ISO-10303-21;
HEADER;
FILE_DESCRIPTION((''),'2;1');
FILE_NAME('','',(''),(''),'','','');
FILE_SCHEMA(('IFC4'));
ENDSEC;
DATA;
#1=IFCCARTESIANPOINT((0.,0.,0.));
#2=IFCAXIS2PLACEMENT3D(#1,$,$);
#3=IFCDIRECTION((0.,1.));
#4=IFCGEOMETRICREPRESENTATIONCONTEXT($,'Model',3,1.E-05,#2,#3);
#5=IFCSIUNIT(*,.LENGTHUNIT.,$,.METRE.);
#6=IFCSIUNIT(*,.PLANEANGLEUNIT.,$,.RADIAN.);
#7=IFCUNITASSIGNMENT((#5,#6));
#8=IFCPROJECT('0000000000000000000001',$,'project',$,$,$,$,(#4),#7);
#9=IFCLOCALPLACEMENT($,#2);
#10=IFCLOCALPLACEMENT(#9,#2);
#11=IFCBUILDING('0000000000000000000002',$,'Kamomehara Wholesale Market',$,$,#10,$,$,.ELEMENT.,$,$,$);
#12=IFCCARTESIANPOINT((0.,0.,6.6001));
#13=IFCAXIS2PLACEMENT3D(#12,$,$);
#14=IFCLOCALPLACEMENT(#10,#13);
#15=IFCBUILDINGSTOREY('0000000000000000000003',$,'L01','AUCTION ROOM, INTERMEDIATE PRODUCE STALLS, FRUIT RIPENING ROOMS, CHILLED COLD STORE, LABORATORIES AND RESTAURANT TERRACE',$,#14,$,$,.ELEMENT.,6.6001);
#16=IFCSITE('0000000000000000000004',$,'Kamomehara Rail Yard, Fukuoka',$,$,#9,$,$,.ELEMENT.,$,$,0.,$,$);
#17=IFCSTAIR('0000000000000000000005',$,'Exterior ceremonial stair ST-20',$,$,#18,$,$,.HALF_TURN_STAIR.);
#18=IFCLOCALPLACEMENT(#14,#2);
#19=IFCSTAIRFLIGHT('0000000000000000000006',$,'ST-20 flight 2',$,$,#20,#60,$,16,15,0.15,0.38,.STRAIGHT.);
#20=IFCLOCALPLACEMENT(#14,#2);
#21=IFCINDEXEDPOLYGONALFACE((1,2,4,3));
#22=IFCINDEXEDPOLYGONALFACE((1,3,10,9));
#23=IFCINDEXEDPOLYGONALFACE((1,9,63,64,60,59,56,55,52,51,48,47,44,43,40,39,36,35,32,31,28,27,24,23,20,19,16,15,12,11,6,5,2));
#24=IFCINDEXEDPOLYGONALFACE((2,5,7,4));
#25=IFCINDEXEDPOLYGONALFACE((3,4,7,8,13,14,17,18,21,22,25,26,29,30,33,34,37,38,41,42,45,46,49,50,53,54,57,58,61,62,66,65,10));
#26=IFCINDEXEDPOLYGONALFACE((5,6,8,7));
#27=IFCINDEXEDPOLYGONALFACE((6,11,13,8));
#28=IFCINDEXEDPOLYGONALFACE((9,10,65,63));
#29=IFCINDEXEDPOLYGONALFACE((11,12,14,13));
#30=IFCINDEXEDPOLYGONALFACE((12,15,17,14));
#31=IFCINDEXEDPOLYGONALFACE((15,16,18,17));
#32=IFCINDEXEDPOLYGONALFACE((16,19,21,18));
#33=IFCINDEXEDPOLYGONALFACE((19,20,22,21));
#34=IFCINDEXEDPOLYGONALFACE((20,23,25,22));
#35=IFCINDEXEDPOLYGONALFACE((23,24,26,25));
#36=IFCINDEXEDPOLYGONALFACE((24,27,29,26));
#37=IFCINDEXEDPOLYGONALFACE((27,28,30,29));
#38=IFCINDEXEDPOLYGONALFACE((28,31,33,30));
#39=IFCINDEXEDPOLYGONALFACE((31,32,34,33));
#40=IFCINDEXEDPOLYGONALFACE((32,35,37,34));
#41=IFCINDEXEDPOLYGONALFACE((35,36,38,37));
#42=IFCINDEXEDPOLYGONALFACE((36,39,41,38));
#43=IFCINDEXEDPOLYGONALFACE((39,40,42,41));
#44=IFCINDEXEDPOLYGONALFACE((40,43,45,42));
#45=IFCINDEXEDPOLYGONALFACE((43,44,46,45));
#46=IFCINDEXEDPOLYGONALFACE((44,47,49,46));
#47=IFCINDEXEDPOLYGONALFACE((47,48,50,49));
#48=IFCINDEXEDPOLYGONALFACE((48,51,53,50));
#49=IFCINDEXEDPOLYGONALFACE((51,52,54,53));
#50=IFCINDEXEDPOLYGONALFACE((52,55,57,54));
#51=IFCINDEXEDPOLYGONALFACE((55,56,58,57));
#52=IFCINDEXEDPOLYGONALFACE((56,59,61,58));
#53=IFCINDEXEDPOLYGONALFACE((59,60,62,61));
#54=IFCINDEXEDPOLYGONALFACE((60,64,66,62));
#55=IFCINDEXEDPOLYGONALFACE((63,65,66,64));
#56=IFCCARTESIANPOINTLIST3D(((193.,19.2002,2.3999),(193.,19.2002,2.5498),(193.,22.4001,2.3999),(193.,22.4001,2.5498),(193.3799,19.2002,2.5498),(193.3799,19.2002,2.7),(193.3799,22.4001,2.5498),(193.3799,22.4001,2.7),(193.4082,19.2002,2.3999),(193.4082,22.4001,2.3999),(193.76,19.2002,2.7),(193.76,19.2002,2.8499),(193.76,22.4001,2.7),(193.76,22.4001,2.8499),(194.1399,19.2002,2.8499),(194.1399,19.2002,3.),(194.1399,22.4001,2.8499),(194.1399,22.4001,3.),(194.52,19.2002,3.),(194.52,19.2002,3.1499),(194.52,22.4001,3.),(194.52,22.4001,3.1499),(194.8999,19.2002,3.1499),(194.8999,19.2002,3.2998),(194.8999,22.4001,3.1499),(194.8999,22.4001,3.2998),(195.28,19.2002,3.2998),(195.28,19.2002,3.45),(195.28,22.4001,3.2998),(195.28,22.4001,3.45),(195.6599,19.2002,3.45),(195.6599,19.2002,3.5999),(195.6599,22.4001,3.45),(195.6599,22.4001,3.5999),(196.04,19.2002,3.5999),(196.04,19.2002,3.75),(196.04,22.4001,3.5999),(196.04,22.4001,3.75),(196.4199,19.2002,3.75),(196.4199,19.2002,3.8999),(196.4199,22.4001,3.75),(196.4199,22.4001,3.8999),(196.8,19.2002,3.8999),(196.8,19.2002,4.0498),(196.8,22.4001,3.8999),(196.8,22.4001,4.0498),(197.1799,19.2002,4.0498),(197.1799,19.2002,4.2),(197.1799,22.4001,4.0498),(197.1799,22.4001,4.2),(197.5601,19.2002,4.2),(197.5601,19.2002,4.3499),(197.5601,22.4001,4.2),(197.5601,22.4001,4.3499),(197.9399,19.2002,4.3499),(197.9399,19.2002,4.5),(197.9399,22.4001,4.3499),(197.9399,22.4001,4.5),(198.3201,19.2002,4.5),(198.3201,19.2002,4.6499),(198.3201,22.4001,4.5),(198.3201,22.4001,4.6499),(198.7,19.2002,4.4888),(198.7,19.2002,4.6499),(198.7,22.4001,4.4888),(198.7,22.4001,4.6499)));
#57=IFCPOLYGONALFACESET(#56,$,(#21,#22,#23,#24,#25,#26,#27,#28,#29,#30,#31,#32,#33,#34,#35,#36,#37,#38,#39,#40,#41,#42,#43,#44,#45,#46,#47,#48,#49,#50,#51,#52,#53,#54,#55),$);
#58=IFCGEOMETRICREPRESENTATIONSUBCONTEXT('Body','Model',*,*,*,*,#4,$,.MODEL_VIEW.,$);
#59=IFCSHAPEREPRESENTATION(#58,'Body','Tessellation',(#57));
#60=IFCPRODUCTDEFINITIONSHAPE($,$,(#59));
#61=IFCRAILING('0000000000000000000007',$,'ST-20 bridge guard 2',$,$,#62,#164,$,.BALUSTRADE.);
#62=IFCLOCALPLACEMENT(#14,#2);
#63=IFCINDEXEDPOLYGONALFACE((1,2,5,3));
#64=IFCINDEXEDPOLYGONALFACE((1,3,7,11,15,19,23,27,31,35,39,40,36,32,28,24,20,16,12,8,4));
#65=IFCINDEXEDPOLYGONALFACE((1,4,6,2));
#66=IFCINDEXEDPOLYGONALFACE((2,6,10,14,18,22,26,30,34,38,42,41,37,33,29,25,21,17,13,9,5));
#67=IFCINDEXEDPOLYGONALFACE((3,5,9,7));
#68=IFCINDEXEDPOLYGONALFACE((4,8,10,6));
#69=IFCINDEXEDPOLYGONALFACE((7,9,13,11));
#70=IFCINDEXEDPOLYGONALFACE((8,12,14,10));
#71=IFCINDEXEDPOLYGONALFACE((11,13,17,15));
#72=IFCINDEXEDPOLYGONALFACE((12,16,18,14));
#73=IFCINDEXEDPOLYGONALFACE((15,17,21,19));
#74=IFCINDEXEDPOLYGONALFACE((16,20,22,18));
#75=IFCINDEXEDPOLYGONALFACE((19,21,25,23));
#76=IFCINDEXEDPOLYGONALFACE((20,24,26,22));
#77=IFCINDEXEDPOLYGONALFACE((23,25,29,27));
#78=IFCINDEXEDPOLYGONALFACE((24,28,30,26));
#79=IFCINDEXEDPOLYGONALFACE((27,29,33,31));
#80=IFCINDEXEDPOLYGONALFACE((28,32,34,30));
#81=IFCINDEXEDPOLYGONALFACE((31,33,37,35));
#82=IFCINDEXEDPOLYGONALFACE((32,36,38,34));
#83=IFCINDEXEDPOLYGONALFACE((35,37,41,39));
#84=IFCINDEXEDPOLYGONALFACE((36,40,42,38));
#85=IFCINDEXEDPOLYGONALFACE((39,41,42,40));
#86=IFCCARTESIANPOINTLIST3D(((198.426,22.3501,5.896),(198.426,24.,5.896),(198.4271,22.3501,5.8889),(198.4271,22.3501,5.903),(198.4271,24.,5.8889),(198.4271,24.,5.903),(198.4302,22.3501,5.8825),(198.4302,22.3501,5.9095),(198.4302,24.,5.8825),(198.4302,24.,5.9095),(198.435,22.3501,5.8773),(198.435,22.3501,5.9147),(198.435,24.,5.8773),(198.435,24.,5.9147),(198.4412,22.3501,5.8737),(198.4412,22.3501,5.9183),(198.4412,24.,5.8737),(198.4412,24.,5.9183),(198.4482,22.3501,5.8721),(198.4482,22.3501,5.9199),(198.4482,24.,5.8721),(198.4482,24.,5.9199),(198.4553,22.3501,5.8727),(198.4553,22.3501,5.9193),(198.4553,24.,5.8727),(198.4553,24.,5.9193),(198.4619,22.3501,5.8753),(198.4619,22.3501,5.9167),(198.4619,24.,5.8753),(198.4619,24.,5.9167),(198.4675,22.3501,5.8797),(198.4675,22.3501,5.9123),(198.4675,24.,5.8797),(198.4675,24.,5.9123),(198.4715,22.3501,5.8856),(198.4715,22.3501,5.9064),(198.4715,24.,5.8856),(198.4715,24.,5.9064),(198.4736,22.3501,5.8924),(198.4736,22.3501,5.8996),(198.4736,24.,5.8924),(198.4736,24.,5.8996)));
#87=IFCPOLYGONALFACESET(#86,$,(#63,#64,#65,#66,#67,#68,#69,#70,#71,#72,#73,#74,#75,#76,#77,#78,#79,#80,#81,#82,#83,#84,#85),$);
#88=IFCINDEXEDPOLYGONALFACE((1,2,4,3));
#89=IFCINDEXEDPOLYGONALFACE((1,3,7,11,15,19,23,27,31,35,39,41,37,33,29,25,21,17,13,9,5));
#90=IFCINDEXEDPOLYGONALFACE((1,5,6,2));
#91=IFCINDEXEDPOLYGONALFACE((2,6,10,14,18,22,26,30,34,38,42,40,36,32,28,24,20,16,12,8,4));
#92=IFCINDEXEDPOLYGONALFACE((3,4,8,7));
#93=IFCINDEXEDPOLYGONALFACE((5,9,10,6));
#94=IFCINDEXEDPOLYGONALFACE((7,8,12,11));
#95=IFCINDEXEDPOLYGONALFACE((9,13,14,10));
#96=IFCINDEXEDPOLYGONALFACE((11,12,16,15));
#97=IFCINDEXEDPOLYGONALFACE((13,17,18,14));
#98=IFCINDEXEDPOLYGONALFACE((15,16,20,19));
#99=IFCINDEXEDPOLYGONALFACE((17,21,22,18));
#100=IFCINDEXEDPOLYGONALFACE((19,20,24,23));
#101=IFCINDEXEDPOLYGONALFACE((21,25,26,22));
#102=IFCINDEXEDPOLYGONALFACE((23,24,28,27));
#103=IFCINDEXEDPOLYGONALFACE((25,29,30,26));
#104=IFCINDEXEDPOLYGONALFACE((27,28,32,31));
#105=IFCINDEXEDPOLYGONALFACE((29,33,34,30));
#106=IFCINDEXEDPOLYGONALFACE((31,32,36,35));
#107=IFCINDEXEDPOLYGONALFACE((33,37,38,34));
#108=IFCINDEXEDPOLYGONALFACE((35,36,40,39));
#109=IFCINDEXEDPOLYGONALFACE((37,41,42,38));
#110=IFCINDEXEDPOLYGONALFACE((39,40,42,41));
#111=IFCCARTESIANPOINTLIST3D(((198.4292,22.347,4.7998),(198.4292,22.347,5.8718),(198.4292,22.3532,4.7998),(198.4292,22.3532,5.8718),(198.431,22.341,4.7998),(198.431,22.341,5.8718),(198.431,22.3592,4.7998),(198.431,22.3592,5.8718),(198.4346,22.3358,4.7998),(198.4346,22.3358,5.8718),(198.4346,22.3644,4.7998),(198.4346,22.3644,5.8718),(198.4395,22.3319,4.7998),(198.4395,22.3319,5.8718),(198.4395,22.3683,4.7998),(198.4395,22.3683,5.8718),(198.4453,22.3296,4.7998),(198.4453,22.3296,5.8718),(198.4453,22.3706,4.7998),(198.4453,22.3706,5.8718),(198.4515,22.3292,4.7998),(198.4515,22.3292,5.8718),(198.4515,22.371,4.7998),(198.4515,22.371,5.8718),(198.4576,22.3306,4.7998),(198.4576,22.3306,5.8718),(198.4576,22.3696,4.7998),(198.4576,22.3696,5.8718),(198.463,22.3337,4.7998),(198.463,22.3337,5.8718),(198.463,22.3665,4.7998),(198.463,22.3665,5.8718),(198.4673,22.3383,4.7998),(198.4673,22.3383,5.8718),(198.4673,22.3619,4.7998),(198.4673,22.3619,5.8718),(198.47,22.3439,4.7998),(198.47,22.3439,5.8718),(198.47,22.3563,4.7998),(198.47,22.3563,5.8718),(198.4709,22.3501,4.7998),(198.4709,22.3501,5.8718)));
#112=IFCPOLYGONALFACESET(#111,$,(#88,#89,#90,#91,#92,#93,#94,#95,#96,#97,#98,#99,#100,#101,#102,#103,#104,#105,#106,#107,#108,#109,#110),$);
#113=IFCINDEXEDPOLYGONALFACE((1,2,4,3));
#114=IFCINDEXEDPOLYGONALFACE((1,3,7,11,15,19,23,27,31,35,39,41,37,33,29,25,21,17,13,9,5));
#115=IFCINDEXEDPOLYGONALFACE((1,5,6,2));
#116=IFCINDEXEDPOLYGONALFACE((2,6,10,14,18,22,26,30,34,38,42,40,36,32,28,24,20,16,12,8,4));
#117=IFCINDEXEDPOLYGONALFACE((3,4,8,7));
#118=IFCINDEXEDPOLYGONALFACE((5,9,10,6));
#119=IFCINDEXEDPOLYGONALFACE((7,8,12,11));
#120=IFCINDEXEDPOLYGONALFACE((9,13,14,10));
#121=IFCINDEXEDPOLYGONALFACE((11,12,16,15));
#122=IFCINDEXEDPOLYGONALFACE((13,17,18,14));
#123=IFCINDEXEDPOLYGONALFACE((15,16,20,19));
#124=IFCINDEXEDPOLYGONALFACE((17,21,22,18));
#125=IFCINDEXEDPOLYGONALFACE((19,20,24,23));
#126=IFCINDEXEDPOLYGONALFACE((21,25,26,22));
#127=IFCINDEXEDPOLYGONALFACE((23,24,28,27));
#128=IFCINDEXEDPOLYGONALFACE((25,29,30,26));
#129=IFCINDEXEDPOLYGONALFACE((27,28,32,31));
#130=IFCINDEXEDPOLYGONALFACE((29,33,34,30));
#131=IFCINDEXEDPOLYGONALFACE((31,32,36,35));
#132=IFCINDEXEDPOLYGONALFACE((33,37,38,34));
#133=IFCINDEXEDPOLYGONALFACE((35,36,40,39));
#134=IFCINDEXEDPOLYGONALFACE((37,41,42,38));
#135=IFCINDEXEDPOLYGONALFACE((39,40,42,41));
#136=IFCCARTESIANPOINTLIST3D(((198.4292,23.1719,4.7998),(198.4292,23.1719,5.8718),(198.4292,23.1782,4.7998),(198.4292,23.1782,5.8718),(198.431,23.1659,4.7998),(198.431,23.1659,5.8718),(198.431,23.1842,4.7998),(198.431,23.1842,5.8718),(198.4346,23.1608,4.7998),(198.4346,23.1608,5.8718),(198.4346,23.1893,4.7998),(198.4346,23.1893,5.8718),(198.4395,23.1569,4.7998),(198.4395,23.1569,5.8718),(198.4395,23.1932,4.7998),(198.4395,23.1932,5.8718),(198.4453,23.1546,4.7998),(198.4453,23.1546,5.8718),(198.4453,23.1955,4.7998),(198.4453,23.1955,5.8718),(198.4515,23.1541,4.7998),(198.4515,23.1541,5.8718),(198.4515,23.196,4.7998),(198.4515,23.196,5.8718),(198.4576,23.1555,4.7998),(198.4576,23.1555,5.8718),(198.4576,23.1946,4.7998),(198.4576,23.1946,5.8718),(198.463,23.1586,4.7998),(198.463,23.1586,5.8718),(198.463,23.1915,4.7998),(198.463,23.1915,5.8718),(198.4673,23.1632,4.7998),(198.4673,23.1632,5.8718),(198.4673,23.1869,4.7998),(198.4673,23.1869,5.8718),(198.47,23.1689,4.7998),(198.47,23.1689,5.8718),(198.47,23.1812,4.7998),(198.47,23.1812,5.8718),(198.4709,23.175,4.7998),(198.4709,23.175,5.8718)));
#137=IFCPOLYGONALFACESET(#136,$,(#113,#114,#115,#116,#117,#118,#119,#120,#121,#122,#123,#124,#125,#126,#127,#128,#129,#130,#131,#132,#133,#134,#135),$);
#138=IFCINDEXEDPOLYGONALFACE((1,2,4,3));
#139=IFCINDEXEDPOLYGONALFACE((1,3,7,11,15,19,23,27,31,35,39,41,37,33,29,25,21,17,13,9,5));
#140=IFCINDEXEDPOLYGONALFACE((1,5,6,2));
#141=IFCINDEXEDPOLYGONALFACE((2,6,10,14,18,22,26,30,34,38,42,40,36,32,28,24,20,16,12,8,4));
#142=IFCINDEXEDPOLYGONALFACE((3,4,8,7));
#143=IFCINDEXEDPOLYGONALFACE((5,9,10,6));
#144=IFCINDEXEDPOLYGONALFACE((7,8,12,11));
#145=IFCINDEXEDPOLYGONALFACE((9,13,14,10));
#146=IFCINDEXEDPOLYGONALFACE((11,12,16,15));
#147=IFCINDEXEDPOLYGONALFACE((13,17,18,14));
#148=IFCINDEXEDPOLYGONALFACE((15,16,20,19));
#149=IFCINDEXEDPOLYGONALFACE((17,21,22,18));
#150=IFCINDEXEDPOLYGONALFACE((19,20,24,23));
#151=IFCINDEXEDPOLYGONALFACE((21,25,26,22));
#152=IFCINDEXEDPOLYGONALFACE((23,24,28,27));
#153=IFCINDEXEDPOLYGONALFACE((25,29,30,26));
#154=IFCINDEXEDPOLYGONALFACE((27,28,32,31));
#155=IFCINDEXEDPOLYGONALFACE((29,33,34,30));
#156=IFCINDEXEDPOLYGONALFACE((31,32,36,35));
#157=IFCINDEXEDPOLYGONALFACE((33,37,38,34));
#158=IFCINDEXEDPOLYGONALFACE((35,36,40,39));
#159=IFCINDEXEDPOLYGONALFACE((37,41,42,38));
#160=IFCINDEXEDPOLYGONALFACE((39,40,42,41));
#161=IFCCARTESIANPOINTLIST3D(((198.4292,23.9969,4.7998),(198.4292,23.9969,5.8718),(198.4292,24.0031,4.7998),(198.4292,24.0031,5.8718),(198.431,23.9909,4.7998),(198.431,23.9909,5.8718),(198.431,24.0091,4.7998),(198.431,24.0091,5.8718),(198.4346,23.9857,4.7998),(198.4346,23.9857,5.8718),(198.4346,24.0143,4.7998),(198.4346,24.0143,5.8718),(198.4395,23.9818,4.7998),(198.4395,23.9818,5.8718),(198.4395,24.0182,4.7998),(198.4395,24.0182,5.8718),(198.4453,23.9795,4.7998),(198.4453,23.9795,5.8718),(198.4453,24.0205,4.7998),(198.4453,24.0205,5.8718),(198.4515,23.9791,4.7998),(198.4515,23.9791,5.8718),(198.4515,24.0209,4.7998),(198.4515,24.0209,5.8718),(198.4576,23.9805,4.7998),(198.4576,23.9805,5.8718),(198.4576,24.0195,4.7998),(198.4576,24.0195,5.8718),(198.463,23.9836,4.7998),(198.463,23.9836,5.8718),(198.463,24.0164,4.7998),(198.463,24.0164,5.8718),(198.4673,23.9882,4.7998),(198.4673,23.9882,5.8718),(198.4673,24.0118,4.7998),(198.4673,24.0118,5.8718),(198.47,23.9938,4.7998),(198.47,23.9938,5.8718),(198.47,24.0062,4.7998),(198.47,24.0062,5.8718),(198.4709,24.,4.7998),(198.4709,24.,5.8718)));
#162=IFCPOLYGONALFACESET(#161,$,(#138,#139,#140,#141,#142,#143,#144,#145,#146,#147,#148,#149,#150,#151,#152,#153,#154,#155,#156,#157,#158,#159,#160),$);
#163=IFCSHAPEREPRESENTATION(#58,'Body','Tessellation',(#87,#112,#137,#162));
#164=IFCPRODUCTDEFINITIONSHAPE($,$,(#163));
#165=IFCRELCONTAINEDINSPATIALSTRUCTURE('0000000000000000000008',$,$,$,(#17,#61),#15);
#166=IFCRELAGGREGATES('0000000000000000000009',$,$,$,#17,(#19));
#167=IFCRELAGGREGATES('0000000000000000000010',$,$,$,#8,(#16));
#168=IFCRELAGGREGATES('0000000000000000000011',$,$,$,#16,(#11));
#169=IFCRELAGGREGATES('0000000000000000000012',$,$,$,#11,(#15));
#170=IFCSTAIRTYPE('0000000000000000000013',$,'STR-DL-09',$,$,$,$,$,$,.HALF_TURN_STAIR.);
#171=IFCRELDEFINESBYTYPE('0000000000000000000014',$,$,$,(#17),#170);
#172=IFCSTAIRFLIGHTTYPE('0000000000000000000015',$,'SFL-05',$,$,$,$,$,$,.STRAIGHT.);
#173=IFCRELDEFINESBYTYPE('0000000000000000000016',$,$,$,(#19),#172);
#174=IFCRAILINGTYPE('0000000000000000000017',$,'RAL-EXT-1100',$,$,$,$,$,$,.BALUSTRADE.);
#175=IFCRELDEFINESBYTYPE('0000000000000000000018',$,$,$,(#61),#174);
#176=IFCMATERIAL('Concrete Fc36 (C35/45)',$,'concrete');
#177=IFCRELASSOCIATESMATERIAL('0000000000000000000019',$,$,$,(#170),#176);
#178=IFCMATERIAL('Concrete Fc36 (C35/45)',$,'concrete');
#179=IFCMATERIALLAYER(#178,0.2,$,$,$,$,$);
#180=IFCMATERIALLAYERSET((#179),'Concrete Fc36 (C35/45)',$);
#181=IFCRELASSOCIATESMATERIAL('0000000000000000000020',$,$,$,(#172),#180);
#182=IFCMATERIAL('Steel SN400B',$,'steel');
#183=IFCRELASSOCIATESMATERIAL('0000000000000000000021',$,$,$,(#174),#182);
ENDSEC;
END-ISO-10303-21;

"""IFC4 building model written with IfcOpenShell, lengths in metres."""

from ifc_helpers import new_model, si_unit, direction, frame, origin, origin_2d, place, context, subcontext, project, spatial, polyline, circle, outline, extrude, material, layer, layer_set, type_object, element, aggregate, save


model = new_model("IFC4")

# Units and contexts
model_context = context("Model", 3, precision=1e-05, world=origin(), true_north=direction((0.0, 1.0)))
body_context = subcontext(model_context, "Body", "Model", "MODEL_VIEW")
ifc_project = project(units=[si_unit("LENGTHUNIT", "METRE"), si_unit("PLANEANGLEUNIT", "RADIAN")], contexts=[model_context])

# Site, building, storey
site_placement = place(None, origin())
site = spatial("IfcSite", under=ifc_project, at=site_placement, Name="Kamomehara Rail Yard, Fukuoka", CompositionType="ELEMENT", RefElevation=0.0)
building_placement = place(site_placement, origin())
building = spatial("IfcBuilding", under=site, at=building_placement, Name="Kamomehara Wholesale Market", CompositionType="ELEMENT")
storey_placement = place(building_placement, frame((0.0, 0.0, 6.6001)))
storey = spatial("IfcBuildingStorey", under=building, at=storey_placement, Name="L01", Description="AUCTION ROOM, INTERMEDIATE PRODUCE STALLS, FRUIT RIPENING ROOMS, CHILLED COLD STORE, LABORATORIES AND RESTAURANT TERRACE", CompositionType="ELEMENT", Elevation=6.6001)

# Stair, stair flight
ifc_material_1 = material(Name="Concrete Fc36 (C35/45)", Category="concrete")
stair_type = type_object("IfcStairType", Name="STR-DL-09", PredefinedType="HALF_TURN_STAIR", material=ifc_material_1)
stair_placement = place(storey_placement, origin())
stair = element("IfcStair", 1, at=stair_placement, inside=storey, type_object=stair_type, Name="Exterior ceremonial stair ST-20", PredefinedType="HALF_TURN_STAIR")
ifc_material_2 = material(Name="Concrete Fc36 (C35/45)", Category="concrete")
ifc_layer_1 = layer(ifc_material_2, 0.2)
ifc_layer_set_1 = layer_set([ifc_layer_1], Name="Concrete Fc36 (C35/45)")
stair_flight_type = type_object("IfcStairFlightType", Name="SFL-05", PredefinedType="STRAIGHT", material=ifc_layer_set_1)
stair_flight_1_placement = place(storey_placement, frame((193.0, 20.8, 2.3999), z_axis=(0.0, 0.0, 1.0), x_axis=(1.0, 0.0, 0.0)))
stair_flight_1 = element("IfcStairFlight", 2, at=stair_flight_1_placement, type_object=stair_flight_type, Name="ST-20 flight 2", NumberOfRisers=16, NumberOfTreads=15, PredefinedType="STRAIGHT", RiserHeight=0.15, TreadLength=0.38, context=body_context, shape_type="SweptSolid", body=[
    extrude(outline(polyline([(0.0, 0.0), (0.0, 0.1499), (0.3799, 0.1499), (0.3799, 0.3), (0.76, 0.3), (0.76, 0.45), (1.1399, 0.45), (1.1399, 0.6001), (1.52, 0.6001), (1.52, 0.75), (1.8999, 0.75), (1.8999, 0.8999), (2.28, 0.8999), (2.28, 1.05), (2.6599, 1.05), (2.6599, 1.2), (3.04, 1.2), (3.04, 1.3501), (3.4199, 1.3501), (3.4199, 1.5), (3.8, 1.5), (3.8, 1.6499), (4.1799, 1.6499), (4.1799, 1.8), (4.5601, 1.8), (4.5601, 1.95), (4.9399, 1.95), (4.9399, 2.1001), (5.3201, 2.1001), (5.3201, 2.25), (5.7, 2.25), (5.7, 2.3999), (5.7, 2.0889), (0.4082, 0.0), (0.0, 0.0)])), frame((0.0, 1.6001, 0.0), z_axis=(0.0, -1.0, 0.0), x_axis=(1.0, 0.0, 0.0)), (0.0, 0.0, 1.0), 3.2),
])
aggregate(stair, [stair_flight_1])

# Railing
ifc_material_3 = material(Name="Steel SN400B", Category="steel")
railing_type_1 = type_object("IfcRailingType", Name="RAL-EXT-1100", PredefinedType="BALUSTRADE", material=ifc_material_3)
railing_1_placement = place(storey_placement, frame((198.45, 22.3501, 4.7998)))
element("IfcRailing", 3, at=railing_1_placement, inside=storey, type_object=railing_type_1, Name="ST-20 bridge guard 2", PredefinedType="BALUSTRADE", context=body_context, shape_type="SweptSolid", body=[
    extrude(circle(Radius=0.0239, at=origin_2d()), frame((0.0, 0.0, 1.0962), z_axis=(0.0, 1.0, 0.0), x_axis=(-1.0, 0.0, 0.0)), (0.0, 0.0, 1.0), 1.6499),
    extrude(circle(Radius=0.021, at=origin_2d()), origin(), (0.0, 0.0, 1.0), 1.072),
    extrude(circle(Radius=0.021, at=origin_2d()), frame((0.0, 0.825, 0.0)), (0.0, 0.0, 1.0), 1.072),
    extrude(circle(Radius=0.021, at=origin_2d()), frame((0.0, 1.6499, 0.0)), (0.0, 0.0, 1.0), 1.072),
])

save(model, "model.ifc")
